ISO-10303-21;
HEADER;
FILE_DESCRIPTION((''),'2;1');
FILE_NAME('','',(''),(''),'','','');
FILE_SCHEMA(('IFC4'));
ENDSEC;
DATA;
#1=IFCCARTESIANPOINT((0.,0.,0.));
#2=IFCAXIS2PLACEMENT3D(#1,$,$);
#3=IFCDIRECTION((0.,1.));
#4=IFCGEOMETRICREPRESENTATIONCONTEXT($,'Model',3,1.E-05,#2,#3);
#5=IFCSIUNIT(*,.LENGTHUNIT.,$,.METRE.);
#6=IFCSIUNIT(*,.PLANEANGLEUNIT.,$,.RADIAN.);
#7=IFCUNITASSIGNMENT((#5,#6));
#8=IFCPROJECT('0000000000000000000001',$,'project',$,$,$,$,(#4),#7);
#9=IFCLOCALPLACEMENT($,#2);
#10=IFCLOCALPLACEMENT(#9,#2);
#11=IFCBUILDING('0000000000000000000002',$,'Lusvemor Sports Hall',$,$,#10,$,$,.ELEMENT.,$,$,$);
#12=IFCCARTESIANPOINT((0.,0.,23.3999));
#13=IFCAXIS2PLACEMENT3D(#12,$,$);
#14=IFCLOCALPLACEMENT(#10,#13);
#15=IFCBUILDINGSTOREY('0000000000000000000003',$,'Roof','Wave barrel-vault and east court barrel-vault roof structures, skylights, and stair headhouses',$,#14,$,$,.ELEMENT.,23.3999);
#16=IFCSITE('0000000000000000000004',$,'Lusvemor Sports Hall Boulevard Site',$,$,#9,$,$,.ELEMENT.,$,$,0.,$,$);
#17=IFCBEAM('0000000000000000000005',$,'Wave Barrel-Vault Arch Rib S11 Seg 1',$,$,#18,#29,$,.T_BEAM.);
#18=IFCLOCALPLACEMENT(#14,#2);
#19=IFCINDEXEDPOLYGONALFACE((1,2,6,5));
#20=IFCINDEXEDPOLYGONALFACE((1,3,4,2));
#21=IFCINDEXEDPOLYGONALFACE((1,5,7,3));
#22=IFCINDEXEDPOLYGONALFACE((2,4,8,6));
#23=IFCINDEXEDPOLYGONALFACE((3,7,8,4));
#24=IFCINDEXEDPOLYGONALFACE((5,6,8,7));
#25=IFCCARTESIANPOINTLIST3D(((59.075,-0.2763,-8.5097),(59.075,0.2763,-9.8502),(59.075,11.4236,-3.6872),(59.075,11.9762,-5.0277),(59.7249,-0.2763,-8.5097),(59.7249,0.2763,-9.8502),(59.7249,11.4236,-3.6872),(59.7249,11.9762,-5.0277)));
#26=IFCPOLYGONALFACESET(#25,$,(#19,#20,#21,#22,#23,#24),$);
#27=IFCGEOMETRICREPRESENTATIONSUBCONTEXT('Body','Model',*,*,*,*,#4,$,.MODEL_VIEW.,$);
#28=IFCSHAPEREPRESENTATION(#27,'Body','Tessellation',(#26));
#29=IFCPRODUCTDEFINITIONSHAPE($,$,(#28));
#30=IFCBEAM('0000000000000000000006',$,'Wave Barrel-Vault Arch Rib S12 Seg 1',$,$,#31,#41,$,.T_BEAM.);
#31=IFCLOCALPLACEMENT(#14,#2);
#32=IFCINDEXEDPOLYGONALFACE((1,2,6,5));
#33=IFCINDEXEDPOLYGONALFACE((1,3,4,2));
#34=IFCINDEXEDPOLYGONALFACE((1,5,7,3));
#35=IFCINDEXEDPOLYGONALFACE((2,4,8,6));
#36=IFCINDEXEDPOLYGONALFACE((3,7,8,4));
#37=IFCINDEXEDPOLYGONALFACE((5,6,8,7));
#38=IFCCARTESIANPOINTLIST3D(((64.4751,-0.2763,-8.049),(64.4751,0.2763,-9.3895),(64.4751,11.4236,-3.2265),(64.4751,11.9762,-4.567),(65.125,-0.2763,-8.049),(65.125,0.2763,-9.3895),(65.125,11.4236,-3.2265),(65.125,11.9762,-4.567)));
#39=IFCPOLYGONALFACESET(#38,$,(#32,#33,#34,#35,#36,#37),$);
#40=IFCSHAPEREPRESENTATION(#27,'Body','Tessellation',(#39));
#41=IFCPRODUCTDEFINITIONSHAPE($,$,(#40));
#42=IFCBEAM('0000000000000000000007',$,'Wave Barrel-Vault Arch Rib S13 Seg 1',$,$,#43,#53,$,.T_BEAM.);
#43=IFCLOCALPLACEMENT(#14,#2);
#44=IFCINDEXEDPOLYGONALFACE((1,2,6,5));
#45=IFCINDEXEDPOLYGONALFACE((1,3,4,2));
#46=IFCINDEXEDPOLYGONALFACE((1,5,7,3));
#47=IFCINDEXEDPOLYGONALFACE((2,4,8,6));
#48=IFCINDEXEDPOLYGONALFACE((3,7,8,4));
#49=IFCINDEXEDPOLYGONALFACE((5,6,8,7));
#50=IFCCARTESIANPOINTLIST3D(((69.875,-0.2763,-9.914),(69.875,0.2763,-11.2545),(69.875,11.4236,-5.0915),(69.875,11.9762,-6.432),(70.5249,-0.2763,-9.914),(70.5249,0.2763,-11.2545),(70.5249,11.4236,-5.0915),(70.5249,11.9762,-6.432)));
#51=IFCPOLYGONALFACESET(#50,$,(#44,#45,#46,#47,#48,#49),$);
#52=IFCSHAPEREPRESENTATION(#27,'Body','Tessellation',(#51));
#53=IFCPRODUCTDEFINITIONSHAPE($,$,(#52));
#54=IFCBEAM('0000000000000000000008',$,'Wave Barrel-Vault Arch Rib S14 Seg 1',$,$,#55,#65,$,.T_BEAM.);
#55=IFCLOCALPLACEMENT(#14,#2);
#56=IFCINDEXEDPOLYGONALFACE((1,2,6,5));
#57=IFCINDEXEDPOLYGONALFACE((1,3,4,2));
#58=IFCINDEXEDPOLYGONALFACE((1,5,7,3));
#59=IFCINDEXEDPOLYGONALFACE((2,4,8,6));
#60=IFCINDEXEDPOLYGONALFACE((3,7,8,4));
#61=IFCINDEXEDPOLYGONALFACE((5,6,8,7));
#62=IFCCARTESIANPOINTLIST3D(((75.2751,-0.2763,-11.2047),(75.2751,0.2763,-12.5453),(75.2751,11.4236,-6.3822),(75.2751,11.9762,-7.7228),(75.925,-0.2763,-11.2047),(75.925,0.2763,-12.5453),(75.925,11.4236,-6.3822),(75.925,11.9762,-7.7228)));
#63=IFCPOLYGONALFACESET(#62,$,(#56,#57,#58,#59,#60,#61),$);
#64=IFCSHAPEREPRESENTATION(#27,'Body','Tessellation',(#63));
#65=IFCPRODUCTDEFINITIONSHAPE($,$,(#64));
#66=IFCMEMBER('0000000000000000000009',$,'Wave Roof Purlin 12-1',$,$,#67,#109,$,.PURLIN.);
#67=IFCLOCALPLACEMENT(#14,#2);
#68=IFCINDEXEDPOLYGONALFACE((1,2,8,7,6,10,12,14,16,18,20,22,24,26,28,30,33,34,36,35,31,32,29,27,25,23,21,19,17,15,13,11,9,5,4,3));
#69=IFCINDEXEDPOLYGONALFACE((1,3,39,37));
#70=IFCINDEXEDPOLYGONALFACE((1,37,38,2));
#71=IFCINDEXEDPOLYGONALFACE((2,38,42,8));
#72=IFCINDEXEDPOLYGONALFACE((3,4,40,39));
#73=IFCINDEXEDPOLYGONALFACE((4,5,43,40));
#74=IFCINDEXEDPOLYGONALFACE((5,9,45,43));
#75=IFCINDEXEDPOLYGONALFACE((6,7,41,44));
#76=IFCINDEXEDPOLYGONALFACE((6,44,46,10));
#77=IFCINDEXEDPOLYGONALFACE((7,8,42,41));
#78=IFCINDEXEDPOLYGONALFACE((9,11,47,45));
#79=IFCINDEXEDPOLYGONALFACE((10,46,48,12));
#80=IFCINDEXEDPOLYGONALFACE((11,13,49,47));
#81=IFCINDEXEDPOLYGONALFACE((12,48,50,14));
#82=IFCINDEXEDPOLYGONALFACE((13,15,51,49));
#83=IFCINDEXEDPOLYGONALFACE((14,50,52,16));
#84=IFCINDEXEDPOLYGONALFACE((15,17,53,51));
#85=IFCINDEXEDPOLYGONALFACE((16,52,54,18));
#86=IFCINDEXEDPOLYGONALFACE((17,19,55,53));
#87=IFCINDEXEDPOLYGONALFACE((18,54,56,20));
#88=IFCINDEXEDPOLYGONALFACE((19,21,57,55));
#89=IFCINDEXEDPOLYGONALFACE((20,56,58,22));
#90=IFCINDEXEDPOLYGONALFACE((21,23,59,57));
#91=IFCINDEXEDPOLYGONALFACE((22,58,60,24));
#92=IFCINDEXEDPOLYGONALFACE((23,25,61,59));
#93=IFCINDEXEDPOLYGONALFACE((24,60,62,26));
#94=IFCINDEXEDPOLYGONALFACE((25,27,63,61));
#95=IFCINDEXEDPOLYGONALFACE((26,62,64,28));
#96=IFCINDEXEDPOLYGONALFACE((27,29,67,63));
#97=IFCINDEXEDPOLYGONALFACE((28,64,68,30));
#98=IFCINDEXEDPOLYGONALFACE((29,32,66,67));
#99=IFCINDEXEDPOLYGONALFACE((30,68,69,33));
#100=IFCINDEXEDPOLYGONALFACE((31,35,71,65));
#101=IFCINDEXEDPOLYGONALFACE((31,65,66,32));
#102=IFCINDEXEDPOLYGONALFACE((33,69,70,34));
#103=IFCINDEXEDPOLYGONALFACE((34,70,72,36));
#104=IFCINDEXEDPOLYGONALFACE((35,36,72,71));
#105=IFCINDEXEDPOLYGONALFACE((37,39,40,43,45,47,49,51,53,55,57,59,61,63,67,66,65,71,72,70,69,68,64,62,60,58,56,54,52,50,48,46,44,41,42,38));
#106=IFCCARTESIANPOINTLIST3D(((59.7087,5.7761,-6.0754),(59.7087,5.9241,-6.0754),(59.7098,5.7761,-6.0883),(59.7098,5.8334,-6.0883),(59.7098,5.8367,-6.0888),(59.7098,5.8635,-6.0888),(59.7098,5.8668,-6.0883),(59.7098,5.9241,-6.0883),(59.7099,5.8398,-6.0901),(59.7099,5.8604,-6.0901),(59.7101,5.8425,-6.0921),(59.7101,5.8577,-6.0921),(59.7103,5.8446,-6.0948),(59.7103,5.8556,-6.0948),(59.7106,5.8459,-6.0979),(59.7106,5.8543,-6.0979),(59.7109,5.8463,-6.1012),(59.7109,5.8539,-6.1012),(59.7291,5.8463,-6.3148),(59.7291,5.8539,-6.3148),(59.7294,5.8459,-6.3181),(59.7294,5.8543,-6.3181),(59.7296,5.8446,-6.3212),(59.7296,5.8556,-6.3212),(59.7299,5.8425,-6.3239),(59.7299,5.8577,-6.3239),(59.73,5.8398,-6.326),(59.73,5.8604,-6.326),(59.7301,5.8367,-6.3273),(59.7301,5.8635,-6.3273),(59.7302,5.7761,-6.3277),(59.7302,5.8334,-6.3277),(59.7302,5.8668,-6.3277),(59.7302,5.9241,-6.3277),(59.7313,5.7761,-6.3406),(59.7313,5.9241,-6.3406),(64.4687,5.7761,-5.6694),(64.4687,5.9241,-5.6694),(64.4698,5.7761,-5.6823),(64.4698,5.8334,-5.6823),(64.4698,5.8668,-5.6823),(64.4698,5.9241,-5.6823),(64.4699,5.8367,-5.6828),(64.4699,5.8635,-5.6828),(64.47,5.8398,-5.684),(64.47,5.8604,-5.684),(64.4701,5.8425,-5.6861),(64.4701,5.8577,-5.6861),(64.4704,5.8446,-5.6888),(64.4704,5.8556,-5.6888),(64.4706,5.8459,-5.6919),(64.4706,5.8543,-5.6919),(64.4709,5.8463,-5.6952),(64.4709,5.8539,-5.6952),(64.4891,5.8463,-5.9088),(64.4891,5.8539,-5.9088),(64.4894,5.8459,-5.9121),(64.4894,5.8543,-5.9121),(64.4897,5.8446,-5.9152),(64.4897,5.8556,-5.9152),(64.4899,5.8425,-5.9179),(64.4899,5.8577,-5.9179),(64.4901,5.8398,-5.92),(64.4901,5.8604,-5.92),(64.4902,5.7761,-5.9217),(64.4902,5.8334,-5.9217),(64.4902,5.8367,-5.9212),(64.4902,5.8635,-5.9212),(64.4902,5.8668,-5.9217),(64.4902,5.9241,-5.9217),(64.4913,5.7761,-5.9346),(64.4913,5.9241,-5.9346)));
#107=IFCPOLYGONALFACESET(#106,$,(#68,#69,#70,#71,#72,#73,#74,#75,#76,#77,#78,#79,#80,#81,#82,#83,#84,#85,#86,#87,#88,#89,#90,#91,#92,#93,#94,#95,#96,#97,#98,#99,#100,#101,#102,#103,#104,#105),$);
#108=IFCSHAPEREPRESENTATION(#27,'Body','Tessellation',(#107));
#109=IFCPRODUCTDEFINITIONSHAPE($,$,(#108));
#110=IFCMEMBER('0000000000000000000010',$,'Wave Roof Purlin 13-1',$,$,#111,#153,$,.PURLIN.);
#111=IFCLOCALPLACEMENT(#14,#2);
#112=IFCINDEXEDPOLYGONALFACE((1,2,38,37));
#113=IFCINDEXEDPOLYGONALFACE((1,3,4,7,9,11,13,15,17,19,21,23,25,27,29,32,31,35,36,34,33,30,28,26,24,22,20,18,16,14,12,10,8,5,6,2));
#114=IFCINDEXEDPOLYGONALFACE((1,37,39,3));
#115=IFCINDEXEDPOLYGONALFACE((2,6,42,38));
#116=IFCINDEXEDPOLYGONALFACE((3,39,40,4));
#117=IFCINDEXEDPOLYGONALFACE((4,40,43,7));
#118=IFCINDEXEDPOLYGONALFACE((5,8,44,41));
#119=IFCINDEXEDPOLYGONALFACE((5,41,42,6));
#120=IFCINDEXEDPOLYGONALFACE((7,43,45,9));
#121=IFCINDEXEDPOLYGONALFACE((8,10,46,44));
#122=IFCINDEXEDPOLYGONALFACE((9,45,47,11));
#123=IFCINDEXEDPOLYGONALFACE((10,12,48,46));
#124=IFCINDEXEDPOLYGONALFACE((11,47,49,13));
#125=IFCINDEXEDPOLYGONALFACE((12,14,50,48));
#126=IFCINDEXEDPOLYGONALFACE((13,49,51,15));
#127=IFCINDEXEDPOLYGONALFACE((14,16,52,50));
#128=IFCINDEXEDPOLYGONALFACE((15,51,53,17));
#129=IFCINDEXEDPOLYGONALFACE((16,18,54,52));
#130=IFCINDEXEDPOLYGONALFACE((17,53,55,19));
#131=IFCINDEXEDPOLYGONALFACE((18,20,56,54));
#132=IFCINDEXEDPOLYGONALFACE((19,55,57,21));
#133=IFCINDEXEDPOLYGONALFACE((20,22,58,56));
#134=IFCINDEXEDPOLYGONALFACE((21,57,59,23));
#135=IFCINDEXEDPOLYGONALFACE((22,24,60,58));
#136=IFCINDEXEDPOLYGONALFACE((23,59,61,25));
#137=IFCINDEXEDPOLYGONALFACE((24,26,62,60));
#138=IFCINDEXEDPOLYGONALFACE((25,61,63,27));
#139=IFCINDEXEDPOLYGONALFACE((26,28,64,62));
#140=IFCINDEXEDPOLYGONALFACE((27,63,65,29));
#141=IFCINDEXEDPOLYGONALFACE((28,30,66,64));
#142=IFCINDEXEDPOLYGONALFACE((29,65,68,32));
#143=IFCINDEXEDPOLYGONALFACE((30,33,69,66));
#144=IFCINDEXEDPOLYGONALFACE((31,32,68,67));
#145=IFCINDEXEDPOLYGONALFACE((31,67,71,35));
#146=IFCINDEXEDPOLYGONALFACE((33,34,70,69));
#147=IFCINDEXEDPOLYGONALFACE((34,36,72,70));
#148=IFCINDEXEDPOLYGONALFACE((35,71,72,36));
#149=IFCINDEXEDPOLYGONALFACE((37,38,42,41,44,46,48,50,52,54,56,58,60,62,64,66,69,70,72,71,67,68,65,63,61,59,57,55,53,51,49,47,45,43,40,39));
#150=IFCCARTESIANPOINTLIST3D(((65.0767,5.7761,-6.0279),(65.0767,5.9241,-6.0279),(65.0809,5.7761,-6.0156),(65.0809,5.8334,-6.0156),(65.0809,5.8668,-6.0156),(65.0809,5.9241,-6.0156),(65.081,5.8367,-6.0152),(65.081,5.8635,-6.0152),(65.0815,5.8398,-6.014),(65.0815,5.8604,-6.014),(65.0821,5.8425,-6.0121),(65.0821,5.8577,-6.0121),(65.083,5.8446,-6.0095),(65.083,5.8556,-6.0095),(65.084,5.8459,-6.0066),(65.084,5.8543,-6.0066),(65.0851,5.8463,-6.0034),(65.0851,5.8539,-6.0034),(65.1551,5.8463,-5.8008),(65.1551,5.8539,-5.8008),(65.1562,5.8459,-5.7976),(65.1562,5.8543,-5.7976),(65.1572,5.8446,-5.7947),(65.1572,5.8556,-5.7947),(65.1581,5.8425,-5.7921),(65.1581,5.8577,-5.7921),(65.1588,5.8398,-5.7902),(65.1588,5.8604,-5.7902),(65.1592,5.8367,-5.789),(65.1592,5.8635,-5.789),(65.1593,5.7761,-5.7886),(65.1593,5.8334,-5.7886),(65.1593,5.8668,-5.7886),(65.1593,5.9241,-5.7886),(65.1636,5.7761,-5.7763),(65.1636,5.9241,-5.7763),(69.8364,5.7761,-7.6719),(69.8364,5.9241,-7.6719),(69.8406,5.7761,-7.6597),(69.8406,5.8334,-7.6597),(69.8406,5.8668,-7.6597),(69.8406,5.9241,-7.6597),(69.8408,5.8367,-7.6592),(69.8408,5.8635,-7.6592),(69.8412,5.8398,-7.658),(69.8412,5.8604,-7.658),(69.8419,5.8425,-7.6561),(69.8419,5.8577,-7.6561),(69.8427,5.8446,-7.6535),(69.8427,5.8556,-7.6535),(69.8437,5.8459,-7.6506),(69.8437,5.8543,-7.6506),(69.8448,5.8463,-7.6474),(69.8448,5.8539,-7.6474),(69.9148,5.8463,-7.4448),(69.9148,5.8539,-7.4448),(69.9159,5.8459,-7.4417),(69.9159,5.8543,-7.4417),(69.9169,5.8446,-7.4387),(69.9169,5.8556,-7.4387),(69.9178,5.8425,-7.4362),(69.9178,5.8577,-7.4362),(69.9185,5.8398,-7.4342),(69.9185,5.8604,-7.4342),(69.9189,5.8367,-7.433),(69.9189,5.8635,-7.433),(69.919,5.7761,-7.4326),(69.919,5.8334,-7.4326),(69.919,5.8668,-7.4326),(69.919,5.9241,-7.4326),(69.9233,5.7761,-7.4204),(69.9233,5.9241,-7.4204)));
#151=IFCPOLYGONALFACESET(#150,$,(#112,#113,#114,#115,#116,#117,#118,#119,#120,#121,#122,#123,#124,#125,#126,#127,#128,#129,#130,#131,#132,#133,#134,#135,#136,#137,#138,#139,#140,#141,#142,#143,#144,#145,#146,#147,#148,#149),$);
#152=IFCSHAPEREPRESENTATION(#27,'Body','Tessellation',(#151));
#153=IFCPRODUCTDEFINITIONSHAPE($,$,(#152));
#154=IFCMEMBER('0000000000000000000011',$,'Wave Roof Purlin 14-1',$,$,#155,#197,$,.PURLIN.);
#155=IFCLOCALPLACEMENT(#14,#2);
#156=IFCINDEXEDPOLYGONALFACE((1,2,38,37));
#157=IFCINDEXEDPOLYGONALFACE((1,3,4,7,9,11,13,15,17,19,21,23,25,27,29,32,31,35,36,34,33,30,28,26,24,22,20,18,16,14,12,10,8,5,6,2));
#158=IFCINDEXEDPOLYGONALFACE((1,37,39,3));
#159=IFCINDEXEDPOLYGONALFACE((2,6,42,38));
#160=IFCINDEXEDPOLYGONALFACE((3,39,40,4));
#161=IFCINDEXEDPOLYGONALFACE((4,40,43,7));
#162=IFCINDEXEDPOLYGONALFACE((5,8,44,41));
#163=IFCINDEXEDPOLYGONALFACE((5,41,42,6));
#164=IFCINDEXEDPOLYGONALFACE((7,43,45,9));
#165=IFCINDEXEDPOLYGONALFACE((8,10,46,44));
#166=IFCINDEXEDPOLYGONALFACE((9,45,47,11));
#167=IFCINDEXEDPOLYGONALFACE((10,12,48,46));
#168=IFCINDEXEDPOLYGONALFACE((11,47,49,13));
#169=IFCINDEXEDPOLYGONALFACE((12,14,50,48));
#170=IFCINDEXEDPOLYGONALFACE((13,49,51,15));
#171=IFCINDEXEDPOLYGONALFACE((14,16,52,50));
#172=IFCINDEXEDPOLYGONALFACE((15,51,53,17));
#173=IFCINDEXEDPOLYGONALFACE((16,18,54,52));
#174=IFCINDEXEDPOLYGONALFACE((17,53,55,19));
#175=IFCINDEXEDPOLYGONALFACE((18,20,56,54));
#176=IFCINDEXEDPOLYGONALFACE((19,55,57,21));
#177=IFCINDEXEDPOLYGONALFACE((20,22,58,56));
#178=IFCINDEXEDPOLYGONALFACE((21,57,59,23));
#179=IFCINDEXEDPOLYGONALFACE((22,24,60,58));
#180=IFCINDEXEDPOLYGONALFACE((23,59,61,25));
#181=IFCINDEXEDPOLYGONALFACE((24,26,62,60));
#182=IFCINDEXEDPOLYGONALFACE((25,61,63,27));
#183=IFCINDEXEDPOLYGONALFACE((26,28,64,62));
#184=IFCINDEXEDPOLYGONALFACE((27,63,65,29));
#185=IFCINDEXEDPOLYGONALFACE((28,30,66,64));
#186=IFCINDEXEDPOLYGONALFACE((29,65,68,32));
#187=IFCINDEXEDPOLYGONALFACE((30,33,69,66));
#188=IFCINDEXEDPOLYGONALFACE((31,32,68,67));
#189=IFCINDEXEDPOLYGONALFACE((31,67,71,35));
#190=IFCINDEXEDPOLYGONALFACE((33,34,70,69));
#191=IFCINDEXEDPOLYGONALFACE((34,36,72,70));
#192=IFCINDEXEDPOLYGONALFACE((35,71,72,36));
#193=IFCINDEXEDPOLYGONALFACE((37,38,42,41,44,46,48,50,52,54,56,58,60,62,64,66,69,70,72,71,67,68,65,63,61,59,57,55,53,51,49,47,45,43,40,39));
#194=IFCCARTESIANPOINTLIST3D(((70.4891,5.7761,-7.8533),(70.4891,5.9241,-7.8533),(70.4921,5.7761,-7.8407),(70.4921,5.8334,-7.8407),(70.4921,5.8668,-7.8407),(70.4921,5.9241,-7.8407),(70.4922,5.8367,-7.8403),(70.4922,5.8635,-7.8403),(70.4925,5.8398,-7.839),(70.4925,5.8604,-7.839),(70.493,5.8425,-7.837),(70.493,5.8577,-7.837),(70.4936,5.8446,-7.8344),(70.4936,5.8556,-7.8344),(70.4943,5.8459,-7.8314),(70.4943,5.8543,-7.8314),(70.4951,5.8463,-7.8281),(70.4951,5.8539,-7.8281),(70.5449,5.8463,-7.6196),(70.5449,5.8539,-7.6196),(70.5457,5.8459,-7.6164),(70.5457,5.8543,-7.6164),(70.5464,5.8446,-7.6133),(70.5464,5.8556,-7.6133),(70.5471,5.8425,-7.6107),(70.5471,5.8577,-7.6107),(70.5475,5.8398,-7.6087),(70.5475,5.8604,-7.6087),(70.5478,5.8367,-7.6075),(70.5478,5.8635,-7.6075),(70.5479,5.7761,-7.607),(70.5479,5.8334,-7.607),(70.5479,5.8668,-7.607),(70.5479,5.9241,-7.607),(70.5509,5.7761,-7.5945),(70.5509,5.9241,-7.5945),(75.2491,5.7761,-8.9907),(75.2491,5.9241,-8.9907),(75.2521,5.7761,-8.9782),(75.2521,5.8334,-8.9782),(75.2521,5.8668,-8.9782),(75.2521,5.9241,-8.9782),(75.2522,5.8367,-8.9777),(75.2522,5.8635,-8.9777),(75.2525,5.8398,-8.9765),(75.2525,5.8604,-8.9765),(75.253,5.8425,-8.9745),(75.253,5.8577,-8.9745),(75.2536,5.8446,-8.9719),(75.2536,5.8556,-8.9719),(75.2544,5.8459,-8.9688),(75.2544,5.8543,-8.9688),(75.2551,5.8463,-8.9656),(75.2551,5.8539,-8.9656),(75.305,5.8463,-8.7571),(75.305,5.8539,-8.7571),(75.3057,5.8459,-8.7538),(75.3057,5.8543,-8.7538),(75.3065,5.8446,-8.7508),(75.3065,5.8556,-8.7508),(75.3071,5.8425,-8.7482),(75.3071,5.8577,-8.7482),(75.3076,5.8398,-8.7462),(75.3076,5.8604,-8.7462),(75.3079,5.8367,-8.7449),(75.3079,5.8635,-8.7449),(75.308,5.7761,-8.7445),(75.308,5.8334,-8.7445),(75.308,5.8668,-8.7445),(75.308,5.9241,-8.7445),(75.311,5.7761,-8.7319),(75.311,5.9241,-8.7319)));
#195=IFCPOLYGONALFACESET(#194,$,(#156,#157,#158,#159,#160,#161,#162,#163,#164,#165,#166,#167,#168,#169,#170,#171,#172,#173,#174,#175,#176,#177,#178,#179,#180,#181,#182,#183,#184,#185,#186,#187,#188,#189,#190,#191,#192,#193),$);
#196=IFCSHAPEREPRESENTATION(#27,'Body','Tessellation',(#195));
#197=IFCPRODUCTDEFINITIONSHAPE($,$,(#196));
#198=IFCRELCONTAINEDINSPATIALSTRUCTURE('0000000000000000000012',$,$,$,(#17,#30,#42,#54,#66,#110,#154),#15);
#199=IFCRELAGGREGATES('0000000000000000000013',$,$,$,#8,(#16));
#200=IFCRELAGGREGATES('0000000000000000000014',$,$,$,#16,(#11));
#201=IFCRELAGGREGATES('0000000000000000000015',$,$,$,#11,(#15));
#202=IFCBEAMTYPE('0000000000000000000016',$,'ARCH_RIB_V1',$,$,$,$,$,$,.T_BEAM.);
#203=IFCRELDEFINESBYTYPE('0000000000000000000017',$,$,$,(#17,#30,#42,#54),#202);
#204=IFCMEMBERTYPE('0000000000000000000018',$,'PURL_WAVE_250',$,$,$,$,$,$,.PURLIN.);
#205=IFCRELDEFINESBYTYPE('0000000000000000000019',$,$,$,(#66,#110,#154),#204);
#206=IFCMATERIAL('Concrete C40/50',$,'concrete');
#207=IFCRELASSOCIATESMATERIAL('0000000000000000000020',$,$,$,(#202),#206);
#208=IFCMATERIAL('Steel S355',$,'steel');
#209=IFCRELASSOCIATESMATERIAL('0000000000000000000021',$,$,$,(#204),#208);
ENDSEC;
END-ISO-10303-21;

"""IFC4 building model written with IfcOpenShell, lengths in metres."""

from ifc_helpers import new_model, si_unit, direction, frame, origin, origin_2d, place, context, subcontext, project, spatial, rectangle, i_section, extrude, material, material_profile, profile_set, type_object, element, save


model = new_model("IFC4")

# Units and contexts
model_context = context("Model", 3, precision=1e-05, world=origin(), true_north=direction((0.0, 1.0)))
body_context = subcontext(model_context, "Body", "Model", "MODEL_VIEW")
ifc_project = project(units=[si_unit("LENGTHUNIT", "METRE"), si_unit("PLANEANGLEUNIT", "RADIAN")], contexts=[model_context])

# Site, building, storey
site_placement = place(None, origin())
site = spatial("IfcSite", under=ifc_project, at=site_placement, Name="Lusvemor Sports Hall Boulevard Site", CompositionType="ELEMENT", RefElevation=0.0)
building_placement = place(site_placement, origin())
building = spatial("IfcBuilding", under=site, at=building_placement, Name="Lusvemor Sports Hall", CompositionType="ELEMENT")
storey_placement = place(building_placement, frame((0.0, 0.0, 23.3999)))
storey = spatial("IfcBuildingStorey", under=building, at=storey_placement, Name="Roof", Description="Wave barrel-vault and east court barrel-vault roof structures, skylights, and stair headhouses", CompositionType="ELEMENT", Elevation=23.3999)

# Beams
ifc_material_1 = material(Name="Concrete C40/50", Category="concrete")
ifc_material_profile_1 = material_profile(ifc_material_1, rectangle(XDim=0.6499, YDim=1.45, at=origin_2d()), Name="RC650x1450")
ifc_profile_set_1 = profile_set([ifc_material_profile_1], Name="Concrete C40/50")
beam_type_1 = type_object("IfcBeamType", Name="ARCH_RIB_V1", PredefinedType="T_BEAM", material=ifc_profile_set_1)
for number, where, z_axis, x_axis, name in (
    (1, (59.3999, 0.0, -9.1799), (0.0, 0.924542, 0.38108), (-1.0, 0.0, 0.0), "Wave Barrel-Vault Arch Rib S11 Seg 1"),
    (2, (64.8, 0.0, -8.7192), (0.0, 0.924542, 0.38108), (-1.0, 0.0, 0.0), "Wave Barrel-Vault Arch Rib S12 Seg 1"),
    (3, (70.2, 0.0, -10.5842), (0.0, 0.924542, 0.38108), (-1.0, 0.0, 0.0), "Wave Barrel-Vault Arch Rib S13 Seg 1"),
    (4, (75.6001, 0.0, -11.875), (0.0, 0.924542, 0.38108), (-1.0, 0.0, 0.0), "Wave Barrel-Vault Arch Rib S14 Seg 1"),
):
    element("IfcBeam", number, at=place(storey_placement, frame(where, z_axis=z_axis, x_axis=x_axis)), inside=storey, type_object=beam_type_1, Name=name, PredefinedType="T_BEAM", context=body_context, shape_type="SweptSolid", body=[
        extrude(rectangle(XDim=0.6499, YDim=1.45, at=origin_2d()), origin(), (0.0, 0.0, 1.0), 12.6548),
    ])

# Members
ifc_material_2 = material(Name="Steel S355", Category="steel")
ifc_material_profile_2 = material_profile(ifc_material_2, i_section(OverallWidth=0.1479, OverallDepth=0.2661, WebThickness=0.0076, FlangeThickness=0.0129, FilletRadius=0.0129, at=origin_2d()), Name="W250x44.8")
ifc_profile_set_2 = profile_set([ifc_material_profile_2], Name="Steel S355")
member_type_1 = type_object("IfcMemberType", Name="PURL_WAVE_250", PredefinedType="PURLIN", material=ifc_profile_set_2)
member_1_placement = place(storey_placement, frame((59.72, 5.8501, -6.208), z_axis=(0.996382, 0.0, 0.084987), x_axis=(0.0, 1.0, 0.0)))
element("IfcMember", 5, at=member_1_placement, inside=storey, type_object=member_type_1, Name="Wave Roof Purlin 12-1", PredefinedType="PURLIN", context=body_context, shape_type="SweptSolid", body=[
    extrude(i_section(OverallWidth=0.1479, OverallDepth=0.2661, WebThickness=0.0076, FlangeThickness=0.0129, FilletRadius=0.0129, at=origin_2d()), origin(), (0.0, 0.0, 1.0), 4.7773),
])
member_2_placement = place(storey_placement, frame((65.1201, 5.8501, -5.9021), z_axis=(0.945205, 0.0, -0.326478), x_axis=(0.0, 1.0, 0.0)))
element("IfcMember", 6, at=member_2_placement, inside=storey, type_object=member_type_1, Name="Wave Roof Purlin 13-1", PredefinedType="PURLIN", context=body_context, shape_type="SweptSolid", body=[
    extrude(i_section(OverallWidth=0.1479, OverallDepth=0.2661, WebThickness=0.0076, FlangeThickness=0.0129, FilletRadius=0.0129, at=origin_2d()), origin(), (0.0, 0.0, 1.0), 5.0356),
])
member_3_placement = place(storey_placement, frame((70.52, 5.8501, -7.7239), z_axis=(0.972616, 0.0, -0.232416), x_axis=(0.0, 1.0, 0.0)))
element("IfcMember", 7, at=member_3_placement, inside=storey, type_object=member_type_1, Name="Wave Roof Purlin 14-1", PredefinedType="PURLIN", context=body_context, shape_type="SweptSolid", body=[
    extrude(i_section(OverallWidth=0.1479, OverallDepth=0.2661, WebThickness=0.0076, FlangeThickness=0.0129, FilletRadius=0.0129, at=origin_2d()), origin(), (0.0, 0.0, 1.0), 4.894),
])

save(model, "model.ifc")
